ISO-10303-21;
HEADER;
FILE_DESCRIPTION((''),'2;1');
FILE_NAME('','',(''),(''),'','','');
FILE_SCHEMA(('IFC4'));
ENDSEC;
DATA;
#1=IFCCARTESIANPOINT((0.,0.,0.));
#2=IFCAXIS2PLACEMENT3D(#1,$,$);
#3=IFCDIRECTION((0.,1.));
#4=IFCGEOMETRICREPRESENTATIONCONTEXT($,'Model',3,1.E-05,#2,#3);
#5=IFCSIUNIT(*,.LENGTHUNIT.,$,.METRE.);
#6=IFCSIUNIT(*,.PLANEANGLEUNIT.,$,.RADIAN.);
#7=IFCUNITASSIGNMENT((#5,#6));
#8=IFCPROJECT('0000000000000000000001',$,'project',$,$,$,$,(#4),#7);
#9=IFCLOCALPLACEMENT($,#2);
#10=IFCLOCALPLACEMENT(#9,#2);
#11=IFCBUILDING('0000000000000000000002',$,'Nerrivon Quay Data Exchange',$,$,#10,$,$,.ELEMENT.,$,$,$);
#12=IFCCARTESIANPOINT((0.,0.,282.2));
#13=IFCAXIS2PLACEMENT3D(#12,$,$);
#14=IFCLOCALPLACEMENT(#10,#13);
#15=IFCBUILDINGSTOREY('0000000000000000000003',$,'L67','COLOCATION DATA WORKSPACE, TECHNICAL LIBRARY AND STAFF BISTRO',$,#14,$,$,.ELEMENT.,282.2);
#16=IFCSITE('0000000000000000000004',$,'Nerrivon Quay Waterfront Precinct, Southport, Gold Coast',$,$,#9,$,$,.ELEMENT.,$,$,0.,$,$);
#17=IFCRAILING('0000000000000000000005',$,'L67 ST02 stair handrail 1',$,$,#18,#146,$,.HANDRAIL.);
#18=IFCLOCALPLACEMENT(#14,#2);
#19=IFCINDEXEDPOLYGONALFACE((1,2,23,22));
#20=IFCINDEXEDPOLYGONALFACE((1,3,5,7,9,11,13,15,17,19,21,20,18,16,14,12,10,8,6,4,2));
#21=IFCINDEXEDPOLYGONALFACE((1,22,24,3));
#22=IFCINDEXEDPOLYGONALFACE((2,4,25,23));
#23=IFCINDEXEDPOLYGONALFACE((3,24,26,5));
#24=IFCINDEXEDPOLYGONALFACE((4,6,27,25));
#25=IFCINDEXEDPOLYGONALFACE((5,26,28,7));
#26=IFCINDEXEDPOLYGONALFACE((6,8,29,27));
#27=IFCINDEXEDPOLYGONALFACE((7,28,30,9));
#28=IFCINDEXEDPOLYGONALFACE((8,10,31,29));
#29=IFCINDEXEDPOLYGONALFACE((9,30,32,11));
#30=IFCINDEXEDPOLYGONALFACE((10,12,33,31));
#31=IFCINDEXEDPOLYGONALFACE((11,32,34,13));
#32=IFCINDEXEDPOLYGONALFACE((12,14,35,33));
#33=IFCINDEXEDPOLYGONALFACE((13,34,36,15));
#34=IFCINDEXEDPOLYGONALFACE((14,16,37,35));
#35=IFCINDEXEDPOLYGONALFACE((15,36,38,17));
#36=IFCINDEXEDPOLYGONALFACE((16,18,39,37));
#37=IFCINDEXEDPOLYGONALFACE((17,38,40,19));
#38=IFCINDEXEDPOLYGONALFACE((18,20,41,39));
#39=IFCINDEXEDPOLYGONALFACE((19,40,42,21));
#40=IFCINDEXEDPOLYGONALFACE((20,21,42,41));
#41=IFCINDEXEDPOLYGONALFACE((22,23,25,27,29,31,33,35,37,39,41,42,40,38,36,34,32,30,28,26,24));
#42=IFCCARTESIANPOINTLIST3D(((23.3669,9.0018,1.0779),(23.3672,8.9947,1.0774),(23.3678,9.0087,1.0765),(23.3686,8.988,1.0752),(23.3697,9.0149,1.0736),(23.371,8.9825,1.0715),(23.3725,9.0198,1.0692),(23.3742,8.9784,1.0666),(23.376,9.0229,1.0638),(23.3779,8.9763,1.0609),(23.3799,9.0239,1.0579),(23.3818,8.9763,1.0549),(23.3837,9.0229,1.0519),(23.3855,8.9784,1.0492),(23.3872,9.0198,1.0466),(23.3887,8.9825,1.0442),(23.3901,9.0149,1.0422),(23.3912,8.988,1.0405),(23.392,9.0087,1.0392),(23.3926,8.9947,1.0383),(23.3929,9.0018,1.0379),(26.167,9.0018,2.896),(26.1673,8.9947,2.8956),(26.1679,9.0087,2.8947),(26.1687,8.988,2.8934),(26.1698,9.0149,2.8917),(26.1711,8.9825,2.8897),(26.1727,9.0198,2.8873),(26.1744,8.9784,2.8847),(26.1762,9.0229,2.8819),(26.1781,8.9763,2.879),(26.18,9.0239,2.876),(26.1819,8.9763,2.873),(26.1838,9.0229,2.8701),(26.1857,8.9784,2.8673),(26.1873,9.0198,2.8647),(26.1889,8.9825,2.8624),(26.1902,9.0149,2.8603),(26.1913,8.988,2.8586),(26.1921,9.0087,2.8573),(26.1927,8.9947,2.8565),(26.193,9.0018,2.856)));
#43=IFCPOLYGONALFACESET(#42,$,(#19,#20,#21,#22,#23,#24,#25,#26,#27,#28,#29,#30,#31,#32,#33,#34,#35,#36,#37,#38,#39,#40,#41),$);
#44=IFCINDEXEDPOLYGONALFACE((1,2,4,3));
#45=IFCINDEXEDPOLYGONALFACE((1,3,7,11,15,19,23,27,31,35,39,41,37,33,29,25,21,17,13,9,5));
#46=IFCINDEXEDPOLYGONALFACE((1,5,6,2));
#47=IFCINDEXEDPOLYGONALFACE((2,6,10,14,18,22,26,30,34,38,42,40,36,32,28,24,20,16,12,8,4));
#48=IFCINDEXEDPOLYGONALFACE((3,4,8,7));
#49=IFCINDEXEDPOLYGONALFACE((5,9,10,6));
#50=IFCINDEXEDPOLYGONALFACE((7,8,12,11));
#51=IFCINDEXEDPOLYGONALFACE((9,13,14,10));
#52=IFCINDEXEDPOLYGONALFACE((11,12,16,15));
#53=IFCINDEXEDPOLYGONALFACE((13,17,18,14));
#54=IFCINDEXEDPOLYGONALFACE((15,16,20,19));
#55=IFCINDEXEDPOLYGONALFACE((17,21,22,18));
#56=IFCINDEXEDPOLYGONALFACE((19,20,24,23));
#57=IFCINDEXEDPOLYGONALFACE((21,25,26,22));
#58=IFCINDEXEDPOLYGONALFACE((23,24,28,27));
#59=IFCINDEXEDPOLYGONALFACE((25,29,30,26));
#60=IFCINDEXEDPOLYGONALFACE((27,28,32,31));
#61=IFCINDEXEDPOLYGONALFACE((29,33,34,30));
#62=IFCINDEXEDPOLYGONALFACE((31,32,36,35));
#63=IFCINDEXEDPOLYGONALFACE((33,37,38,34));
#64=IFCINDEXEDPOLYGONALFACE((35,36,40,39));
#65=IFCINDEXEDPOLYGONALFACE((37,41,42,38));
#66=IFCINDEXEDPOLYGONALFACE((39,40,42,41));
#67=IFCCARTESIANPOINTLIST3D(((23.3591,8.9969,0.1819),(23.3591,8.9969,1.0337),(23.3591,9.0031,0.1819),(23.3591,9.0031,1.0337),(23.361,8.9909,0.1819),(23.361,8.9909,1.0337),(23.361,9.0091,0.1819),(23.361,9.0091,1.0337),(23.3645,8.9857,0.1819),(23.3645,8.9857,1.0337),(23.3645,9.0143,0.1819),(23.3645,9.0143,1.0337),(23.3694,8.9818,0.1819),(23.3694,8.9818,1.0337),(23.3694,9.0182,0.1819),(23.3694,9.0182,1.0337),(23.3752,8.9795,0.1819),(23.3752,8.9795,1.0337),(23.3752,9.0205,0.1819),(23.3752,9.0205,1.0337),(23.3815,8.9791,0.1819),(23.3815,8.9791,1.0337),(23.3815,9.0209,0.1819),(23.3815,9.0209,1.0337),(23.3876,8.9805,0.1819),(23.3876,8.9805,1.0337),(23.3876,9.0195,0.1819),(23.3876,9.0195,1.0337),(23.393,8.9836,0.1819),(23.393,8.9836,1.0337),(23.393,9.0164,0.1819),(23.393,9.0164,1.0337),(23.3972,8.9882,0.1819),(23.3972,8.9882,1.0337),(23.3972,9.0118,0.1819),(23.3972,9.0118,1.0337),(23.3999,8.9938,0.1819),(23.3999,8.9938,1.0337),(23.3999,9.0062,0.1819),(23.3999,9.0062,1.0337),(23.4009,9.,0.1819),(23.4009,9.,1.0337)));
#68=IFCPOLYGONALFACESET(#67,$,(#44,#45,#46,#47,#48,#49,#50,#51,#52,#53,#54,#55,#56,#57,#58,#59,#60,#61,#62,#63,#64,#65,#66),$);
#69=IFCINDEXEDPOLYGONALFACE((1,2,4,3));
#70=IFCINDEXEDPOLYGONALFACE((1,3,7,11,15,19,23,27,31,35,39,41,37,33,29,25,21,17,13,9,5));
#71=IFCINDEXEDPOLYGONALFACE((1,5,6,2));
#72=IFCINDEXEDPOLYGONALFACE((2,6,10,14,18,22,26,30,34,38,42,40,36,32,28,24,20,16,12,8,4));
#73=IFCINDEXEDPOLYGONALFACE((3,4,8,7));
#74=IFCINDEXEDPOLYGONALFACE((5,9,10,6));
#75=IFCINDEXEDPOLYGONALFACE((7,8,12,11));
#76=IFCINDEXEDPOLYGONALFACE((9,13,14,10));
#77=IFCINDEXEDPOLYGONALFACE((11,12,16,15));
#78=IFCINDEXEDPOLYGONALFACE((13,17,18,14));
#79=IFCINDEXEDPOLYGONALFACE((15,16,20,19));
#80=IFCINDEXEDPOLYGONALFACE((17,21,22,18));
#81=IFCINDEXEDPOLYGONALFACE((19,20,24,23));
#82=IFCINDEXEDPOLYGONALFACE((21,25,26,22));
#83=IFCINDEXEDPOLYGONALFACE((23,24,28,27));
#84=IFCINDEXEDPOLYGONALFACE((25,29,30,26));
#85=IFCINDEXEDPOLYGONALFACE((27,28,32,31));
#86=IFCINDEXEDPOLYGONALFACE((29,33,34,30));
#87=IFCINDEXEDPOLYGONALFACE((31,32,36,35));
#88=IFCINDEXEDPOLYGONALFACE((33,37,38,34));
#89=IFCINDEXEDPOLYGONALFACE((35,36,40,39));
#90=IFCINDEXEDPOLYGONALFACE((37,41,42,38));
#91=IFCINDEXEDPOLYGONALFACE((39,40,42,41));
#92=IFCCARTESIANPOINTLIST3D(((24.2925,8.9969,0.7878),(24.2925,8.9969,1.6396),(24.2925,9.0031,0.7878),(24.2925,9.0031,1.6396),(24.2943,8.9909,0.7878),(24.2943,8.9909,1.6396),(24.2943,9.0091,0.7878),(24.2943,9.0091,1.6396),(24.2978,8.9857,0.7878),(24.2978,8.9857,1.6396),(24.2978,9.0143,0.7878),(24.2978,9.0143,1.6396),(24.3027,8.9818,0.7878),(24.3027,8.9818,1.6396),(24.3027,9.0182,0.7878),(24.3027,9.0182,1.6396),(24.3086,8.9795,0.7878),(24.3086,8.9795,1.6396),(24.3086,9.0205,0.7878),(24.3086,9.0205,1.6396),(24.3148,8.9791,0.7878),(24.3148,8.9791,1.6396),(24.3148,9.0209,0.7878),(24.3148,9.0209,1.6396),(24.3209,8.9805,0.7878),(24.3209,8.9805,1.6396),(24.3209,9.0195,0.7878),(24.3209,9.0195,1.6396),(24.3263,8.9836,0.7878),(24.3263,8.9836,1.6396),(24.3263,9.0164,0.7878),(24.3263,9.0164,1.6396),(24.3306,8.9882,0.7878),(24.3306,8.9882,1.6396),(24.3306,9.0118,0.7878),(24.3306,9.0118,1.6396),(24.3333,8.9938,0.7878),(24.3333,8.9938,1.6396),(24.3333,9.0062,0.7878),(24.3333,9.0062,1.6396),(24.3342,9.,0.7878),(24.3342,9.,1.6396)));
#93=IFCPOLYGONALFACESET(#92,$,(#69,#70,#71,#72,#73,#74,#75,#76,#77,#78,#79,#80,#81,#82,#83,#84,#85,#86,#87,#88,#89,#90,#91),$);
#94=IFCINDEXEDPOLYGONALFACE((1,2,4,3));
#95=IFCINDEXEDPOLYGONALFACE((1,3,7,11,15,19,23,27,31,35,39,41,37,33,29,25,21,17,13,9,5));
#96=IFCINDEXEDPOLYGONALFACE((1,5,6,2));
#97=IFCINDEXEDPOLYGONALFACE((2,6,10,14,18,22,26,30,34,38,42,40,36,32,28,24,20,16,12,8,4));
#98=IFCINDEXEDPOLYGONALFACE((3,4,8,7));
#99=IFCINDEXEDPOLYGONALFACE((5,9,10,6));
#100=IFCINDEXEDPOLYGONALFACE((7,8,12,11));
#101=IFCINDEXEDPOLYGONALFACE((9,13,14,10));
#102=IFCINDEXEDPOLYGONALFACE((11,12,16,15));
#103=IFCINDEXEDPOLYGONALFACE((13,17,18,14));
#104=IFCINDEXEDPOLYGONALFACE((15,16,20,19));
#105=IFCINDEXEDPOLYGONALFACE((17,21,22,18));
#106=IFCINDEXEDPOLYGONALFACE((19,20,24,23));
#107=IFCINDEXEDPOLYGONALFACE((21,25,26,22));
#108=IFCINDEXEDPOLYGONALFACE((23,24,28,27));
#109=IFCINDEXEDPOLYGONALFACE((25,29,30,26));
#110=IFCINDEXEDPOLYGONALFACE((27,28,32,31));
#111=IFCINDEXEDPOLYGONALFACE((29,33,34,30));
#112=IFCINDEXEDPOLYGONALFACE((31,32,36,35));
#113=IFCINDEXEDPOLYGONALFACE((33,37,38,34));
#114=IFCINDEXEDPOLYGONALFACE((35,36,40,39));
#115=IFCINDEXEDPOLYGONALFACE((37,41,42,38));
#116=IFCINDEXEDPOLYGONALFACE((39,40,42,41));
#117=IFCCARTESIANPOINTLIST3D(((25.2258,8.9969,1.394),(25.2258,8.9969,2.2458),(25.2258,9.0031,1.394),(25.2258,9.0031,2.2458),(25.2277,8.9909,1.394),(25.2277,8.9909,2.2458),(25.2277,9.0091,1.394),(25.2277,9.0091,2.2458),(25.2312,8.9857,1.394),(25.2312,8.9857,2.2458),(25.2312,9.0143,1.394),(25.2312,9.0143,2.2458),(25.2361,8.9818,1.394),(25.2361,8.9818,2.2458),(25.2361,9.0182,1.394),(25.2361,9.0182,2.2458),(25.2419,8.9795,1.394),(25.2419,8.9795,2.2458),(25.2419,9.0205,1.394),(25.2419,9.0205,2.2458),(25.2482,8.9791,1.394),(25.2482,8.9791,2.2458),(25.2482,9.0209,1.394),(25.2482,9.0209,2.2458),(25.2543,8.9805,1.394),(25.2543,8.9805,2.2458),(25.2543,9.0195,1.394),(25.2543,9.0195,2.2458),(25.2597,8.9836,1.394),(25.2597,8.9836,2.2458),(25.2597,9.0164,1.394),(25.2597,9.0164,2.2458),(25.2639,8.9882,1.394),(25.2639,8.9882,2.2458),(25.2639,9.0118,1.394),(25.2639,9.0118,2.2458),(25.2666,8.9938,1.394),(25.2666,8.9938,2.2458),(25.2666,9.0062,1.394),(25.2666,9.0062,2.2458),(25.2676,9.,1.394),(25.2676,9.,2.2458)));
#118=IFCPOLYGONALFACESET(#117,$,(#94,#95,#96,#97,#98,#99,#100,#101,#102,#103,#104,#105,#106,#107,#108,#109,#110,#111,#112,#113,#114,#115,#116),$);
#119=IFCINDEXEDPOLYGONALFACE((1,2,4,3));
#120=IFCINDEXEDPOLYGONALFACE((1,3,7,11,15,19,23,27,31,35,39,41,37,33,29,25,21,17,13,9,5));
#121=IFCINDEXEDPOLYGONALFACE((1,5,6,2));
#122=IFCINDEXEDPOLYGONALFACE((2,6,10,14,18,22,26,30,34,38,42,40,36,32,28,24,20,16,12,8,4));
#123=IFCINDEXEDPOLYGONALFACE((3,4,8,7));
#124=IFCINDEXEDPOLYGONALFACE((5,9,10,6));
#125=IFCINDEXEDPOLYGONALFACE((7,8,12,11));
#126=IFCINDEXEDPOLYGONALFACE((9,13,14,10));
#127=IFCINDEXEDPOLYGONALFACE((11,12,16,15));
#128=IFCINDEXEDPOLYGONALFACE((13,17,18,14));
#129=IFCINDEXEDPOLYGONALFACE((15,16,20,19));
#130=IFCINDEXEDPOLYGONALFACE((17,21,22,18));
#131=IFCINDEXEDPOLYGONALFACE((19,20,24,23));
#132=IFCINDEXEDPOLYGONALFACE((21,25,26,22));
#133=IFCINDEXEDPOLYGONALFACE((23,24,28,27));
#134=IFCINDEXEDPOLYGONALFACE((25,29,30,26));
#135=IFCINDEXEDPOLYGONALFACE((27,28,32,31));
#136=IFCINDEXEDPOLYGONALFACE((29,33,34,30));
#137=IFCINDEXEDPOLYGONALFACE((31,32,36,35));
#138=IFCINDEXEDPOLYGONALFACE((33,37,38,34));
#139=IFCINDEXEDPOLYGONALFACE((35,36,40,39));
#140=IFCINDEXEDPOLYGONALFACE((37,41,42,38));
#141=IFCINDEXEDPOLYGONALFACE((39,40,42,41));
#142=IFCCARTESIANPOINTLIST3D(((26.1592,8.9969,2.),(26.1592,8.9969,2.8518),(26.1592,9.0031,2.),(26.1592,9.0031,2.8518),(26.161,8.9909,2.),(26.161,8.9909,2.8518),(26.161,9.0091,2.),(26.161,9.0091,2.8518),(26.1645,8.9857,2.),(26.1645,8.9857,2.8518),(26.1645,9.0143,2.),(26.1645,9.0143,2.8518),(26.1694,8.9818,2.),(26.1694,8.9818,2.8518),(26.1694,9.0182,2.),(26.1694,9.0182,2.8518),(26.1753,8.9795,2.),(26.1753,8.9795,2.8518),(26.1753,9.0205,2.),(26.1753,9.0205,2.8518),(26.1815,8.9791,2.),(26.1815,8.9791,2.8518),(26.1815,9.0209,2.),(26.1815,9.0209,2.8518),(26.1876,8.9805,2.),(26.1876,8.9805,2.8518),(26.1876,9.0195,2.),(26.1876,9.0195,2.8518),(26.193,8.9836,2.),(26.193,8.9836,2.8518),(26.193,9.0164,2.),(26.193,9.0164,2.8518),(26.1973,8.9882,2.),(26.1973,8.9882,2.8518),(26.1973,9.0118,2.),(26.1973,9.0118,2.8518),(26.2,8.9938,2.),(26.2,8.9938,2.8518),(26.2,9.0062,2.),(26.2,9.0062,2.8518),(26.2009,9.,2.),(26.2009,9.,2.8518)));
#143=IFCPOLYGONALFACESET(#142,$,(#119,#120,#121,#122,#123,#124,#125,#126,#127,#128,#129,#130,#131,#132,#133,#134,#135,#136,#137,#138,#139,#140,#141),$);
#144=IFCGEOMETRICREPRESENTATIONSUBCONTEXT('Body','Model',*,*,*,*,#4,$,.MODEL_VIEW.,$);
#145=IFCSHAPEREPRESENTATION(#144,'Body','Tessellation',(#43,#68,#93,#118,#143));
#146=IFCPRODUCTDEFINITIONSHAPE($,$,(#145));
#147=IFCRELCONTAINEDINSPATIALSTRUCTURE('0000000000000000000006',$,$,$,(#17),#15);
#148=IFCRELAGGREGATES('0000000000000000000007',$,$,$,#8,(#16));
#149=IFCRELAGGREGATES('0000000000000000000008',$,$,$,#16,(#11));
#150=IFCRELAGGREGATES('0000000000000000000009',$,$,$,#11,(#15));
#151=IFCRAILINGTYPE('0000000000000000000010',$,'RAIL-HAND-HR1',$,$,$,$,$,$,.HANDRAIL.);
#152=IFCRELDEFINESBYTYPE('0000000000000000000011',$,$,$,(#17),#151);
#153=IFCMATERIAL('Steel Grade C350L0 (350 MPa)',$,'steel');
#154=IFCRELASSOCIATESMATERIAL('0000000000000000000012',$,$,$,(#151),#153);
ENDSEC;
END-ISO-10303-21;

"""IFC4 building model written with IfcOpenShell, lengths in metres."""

from ifc_helpers import new_model, si_unit, direction, frame, origin, origin_2d, place, context, subcontext, project, spatial, circle, extrude, material, type_object, element, save


model = new_model("IFC4")

# Units and contexts
model_context = context("Model", 3, precision=1e-05, world=origin(), true_north=direction((0.0, 1.0)))
body_context = subcontext(model_context, "Body", "Model", "MODEL_VIEW")
ifc_project = project(units=[si_unit("LENGTHUNIT", "METRE"), si_unit("PLANEANGLEUNIT", "RADIAN")], contexts=[model_context])

# Site, building, storey
site_placement = place(None, origin())
site = spatial("IfcSite", under=ifc_project, at=site_placement, Name="Nerrivon Quay Waterfront Precinct, Southport, Gold Coast", CompositionType="ELEMENT", RefElevation=0.0)
building_placement = place(site_placement, origin())
building = spatial("IfcBuilding", under=site, at=building_placement, Name="Nerrivon Quay Data Exchange", CompositionType="ELEMENT")
storey_placement = place(building_placement, frame((0.0, 0.0, 282.2)))
storey = spatial("IfcBuildingStorey", under=building, at=storey_placement, Name="L67", Description="COLOCATION DATA WORKSPACE, TECHNICAL LIBRARY AND STAFF BISTRO", CompositionType="ELEMENT", Elevation=282.2)

# Railing
ifc_material_1 = material(Name="Steel Grade C350L0 (350 MPa)", Category="steel")
railing_type_1 = type_object("IfcRailingType", Name="RAIL-HAND-HR1", PredefinedType="HANDRAIL", material=ifc_material_1)
railing_1_placement = place(storey_placement, frame((23.3799, 9.0, 0.1819)))
element("IfcRailing", 1, at=railing_1_placement, inside=storey, type_object=railing_type_1, Name="L67 ST02 stair handrail 1", PredefinedType="HANDRAIL", context=body_context, shape_type="SweptSolid", body=[
    extrude(circle(Radius=0.0239, at=origin_2d()), frame((0.0, 0.0, 0.876), z_axis=(0.838706, 0.0, 0.544585), x_axis=(0.0, 1.0, 0.0)), (0.0, 0.0, 1.0), 3.3386),
    extrude(circle(Radius=0.021, at=origin_2d()), origin(), (0.0, 0.0, 1.0), 0.8518),
    extrude(circle(Radius=0.021, at=origin_2d()), frame((0.9333, 0.0, 0.606)), (0.0, 0.0, 1.0), 0.8518),
    extrude(circle(Radius=0.021, at=origin_2d()), frame((1.8667, 0.0, 1.2122)), (0.0, 0.0, 1.0), 0.8518),
    extrude(circle(Radius=0.021, at=origin_2d()), frame((2.8, 0.0, 1.8181)), (0.0, 0.0, 1.0), 0.8518),
])

save(model, "model.ifc")
